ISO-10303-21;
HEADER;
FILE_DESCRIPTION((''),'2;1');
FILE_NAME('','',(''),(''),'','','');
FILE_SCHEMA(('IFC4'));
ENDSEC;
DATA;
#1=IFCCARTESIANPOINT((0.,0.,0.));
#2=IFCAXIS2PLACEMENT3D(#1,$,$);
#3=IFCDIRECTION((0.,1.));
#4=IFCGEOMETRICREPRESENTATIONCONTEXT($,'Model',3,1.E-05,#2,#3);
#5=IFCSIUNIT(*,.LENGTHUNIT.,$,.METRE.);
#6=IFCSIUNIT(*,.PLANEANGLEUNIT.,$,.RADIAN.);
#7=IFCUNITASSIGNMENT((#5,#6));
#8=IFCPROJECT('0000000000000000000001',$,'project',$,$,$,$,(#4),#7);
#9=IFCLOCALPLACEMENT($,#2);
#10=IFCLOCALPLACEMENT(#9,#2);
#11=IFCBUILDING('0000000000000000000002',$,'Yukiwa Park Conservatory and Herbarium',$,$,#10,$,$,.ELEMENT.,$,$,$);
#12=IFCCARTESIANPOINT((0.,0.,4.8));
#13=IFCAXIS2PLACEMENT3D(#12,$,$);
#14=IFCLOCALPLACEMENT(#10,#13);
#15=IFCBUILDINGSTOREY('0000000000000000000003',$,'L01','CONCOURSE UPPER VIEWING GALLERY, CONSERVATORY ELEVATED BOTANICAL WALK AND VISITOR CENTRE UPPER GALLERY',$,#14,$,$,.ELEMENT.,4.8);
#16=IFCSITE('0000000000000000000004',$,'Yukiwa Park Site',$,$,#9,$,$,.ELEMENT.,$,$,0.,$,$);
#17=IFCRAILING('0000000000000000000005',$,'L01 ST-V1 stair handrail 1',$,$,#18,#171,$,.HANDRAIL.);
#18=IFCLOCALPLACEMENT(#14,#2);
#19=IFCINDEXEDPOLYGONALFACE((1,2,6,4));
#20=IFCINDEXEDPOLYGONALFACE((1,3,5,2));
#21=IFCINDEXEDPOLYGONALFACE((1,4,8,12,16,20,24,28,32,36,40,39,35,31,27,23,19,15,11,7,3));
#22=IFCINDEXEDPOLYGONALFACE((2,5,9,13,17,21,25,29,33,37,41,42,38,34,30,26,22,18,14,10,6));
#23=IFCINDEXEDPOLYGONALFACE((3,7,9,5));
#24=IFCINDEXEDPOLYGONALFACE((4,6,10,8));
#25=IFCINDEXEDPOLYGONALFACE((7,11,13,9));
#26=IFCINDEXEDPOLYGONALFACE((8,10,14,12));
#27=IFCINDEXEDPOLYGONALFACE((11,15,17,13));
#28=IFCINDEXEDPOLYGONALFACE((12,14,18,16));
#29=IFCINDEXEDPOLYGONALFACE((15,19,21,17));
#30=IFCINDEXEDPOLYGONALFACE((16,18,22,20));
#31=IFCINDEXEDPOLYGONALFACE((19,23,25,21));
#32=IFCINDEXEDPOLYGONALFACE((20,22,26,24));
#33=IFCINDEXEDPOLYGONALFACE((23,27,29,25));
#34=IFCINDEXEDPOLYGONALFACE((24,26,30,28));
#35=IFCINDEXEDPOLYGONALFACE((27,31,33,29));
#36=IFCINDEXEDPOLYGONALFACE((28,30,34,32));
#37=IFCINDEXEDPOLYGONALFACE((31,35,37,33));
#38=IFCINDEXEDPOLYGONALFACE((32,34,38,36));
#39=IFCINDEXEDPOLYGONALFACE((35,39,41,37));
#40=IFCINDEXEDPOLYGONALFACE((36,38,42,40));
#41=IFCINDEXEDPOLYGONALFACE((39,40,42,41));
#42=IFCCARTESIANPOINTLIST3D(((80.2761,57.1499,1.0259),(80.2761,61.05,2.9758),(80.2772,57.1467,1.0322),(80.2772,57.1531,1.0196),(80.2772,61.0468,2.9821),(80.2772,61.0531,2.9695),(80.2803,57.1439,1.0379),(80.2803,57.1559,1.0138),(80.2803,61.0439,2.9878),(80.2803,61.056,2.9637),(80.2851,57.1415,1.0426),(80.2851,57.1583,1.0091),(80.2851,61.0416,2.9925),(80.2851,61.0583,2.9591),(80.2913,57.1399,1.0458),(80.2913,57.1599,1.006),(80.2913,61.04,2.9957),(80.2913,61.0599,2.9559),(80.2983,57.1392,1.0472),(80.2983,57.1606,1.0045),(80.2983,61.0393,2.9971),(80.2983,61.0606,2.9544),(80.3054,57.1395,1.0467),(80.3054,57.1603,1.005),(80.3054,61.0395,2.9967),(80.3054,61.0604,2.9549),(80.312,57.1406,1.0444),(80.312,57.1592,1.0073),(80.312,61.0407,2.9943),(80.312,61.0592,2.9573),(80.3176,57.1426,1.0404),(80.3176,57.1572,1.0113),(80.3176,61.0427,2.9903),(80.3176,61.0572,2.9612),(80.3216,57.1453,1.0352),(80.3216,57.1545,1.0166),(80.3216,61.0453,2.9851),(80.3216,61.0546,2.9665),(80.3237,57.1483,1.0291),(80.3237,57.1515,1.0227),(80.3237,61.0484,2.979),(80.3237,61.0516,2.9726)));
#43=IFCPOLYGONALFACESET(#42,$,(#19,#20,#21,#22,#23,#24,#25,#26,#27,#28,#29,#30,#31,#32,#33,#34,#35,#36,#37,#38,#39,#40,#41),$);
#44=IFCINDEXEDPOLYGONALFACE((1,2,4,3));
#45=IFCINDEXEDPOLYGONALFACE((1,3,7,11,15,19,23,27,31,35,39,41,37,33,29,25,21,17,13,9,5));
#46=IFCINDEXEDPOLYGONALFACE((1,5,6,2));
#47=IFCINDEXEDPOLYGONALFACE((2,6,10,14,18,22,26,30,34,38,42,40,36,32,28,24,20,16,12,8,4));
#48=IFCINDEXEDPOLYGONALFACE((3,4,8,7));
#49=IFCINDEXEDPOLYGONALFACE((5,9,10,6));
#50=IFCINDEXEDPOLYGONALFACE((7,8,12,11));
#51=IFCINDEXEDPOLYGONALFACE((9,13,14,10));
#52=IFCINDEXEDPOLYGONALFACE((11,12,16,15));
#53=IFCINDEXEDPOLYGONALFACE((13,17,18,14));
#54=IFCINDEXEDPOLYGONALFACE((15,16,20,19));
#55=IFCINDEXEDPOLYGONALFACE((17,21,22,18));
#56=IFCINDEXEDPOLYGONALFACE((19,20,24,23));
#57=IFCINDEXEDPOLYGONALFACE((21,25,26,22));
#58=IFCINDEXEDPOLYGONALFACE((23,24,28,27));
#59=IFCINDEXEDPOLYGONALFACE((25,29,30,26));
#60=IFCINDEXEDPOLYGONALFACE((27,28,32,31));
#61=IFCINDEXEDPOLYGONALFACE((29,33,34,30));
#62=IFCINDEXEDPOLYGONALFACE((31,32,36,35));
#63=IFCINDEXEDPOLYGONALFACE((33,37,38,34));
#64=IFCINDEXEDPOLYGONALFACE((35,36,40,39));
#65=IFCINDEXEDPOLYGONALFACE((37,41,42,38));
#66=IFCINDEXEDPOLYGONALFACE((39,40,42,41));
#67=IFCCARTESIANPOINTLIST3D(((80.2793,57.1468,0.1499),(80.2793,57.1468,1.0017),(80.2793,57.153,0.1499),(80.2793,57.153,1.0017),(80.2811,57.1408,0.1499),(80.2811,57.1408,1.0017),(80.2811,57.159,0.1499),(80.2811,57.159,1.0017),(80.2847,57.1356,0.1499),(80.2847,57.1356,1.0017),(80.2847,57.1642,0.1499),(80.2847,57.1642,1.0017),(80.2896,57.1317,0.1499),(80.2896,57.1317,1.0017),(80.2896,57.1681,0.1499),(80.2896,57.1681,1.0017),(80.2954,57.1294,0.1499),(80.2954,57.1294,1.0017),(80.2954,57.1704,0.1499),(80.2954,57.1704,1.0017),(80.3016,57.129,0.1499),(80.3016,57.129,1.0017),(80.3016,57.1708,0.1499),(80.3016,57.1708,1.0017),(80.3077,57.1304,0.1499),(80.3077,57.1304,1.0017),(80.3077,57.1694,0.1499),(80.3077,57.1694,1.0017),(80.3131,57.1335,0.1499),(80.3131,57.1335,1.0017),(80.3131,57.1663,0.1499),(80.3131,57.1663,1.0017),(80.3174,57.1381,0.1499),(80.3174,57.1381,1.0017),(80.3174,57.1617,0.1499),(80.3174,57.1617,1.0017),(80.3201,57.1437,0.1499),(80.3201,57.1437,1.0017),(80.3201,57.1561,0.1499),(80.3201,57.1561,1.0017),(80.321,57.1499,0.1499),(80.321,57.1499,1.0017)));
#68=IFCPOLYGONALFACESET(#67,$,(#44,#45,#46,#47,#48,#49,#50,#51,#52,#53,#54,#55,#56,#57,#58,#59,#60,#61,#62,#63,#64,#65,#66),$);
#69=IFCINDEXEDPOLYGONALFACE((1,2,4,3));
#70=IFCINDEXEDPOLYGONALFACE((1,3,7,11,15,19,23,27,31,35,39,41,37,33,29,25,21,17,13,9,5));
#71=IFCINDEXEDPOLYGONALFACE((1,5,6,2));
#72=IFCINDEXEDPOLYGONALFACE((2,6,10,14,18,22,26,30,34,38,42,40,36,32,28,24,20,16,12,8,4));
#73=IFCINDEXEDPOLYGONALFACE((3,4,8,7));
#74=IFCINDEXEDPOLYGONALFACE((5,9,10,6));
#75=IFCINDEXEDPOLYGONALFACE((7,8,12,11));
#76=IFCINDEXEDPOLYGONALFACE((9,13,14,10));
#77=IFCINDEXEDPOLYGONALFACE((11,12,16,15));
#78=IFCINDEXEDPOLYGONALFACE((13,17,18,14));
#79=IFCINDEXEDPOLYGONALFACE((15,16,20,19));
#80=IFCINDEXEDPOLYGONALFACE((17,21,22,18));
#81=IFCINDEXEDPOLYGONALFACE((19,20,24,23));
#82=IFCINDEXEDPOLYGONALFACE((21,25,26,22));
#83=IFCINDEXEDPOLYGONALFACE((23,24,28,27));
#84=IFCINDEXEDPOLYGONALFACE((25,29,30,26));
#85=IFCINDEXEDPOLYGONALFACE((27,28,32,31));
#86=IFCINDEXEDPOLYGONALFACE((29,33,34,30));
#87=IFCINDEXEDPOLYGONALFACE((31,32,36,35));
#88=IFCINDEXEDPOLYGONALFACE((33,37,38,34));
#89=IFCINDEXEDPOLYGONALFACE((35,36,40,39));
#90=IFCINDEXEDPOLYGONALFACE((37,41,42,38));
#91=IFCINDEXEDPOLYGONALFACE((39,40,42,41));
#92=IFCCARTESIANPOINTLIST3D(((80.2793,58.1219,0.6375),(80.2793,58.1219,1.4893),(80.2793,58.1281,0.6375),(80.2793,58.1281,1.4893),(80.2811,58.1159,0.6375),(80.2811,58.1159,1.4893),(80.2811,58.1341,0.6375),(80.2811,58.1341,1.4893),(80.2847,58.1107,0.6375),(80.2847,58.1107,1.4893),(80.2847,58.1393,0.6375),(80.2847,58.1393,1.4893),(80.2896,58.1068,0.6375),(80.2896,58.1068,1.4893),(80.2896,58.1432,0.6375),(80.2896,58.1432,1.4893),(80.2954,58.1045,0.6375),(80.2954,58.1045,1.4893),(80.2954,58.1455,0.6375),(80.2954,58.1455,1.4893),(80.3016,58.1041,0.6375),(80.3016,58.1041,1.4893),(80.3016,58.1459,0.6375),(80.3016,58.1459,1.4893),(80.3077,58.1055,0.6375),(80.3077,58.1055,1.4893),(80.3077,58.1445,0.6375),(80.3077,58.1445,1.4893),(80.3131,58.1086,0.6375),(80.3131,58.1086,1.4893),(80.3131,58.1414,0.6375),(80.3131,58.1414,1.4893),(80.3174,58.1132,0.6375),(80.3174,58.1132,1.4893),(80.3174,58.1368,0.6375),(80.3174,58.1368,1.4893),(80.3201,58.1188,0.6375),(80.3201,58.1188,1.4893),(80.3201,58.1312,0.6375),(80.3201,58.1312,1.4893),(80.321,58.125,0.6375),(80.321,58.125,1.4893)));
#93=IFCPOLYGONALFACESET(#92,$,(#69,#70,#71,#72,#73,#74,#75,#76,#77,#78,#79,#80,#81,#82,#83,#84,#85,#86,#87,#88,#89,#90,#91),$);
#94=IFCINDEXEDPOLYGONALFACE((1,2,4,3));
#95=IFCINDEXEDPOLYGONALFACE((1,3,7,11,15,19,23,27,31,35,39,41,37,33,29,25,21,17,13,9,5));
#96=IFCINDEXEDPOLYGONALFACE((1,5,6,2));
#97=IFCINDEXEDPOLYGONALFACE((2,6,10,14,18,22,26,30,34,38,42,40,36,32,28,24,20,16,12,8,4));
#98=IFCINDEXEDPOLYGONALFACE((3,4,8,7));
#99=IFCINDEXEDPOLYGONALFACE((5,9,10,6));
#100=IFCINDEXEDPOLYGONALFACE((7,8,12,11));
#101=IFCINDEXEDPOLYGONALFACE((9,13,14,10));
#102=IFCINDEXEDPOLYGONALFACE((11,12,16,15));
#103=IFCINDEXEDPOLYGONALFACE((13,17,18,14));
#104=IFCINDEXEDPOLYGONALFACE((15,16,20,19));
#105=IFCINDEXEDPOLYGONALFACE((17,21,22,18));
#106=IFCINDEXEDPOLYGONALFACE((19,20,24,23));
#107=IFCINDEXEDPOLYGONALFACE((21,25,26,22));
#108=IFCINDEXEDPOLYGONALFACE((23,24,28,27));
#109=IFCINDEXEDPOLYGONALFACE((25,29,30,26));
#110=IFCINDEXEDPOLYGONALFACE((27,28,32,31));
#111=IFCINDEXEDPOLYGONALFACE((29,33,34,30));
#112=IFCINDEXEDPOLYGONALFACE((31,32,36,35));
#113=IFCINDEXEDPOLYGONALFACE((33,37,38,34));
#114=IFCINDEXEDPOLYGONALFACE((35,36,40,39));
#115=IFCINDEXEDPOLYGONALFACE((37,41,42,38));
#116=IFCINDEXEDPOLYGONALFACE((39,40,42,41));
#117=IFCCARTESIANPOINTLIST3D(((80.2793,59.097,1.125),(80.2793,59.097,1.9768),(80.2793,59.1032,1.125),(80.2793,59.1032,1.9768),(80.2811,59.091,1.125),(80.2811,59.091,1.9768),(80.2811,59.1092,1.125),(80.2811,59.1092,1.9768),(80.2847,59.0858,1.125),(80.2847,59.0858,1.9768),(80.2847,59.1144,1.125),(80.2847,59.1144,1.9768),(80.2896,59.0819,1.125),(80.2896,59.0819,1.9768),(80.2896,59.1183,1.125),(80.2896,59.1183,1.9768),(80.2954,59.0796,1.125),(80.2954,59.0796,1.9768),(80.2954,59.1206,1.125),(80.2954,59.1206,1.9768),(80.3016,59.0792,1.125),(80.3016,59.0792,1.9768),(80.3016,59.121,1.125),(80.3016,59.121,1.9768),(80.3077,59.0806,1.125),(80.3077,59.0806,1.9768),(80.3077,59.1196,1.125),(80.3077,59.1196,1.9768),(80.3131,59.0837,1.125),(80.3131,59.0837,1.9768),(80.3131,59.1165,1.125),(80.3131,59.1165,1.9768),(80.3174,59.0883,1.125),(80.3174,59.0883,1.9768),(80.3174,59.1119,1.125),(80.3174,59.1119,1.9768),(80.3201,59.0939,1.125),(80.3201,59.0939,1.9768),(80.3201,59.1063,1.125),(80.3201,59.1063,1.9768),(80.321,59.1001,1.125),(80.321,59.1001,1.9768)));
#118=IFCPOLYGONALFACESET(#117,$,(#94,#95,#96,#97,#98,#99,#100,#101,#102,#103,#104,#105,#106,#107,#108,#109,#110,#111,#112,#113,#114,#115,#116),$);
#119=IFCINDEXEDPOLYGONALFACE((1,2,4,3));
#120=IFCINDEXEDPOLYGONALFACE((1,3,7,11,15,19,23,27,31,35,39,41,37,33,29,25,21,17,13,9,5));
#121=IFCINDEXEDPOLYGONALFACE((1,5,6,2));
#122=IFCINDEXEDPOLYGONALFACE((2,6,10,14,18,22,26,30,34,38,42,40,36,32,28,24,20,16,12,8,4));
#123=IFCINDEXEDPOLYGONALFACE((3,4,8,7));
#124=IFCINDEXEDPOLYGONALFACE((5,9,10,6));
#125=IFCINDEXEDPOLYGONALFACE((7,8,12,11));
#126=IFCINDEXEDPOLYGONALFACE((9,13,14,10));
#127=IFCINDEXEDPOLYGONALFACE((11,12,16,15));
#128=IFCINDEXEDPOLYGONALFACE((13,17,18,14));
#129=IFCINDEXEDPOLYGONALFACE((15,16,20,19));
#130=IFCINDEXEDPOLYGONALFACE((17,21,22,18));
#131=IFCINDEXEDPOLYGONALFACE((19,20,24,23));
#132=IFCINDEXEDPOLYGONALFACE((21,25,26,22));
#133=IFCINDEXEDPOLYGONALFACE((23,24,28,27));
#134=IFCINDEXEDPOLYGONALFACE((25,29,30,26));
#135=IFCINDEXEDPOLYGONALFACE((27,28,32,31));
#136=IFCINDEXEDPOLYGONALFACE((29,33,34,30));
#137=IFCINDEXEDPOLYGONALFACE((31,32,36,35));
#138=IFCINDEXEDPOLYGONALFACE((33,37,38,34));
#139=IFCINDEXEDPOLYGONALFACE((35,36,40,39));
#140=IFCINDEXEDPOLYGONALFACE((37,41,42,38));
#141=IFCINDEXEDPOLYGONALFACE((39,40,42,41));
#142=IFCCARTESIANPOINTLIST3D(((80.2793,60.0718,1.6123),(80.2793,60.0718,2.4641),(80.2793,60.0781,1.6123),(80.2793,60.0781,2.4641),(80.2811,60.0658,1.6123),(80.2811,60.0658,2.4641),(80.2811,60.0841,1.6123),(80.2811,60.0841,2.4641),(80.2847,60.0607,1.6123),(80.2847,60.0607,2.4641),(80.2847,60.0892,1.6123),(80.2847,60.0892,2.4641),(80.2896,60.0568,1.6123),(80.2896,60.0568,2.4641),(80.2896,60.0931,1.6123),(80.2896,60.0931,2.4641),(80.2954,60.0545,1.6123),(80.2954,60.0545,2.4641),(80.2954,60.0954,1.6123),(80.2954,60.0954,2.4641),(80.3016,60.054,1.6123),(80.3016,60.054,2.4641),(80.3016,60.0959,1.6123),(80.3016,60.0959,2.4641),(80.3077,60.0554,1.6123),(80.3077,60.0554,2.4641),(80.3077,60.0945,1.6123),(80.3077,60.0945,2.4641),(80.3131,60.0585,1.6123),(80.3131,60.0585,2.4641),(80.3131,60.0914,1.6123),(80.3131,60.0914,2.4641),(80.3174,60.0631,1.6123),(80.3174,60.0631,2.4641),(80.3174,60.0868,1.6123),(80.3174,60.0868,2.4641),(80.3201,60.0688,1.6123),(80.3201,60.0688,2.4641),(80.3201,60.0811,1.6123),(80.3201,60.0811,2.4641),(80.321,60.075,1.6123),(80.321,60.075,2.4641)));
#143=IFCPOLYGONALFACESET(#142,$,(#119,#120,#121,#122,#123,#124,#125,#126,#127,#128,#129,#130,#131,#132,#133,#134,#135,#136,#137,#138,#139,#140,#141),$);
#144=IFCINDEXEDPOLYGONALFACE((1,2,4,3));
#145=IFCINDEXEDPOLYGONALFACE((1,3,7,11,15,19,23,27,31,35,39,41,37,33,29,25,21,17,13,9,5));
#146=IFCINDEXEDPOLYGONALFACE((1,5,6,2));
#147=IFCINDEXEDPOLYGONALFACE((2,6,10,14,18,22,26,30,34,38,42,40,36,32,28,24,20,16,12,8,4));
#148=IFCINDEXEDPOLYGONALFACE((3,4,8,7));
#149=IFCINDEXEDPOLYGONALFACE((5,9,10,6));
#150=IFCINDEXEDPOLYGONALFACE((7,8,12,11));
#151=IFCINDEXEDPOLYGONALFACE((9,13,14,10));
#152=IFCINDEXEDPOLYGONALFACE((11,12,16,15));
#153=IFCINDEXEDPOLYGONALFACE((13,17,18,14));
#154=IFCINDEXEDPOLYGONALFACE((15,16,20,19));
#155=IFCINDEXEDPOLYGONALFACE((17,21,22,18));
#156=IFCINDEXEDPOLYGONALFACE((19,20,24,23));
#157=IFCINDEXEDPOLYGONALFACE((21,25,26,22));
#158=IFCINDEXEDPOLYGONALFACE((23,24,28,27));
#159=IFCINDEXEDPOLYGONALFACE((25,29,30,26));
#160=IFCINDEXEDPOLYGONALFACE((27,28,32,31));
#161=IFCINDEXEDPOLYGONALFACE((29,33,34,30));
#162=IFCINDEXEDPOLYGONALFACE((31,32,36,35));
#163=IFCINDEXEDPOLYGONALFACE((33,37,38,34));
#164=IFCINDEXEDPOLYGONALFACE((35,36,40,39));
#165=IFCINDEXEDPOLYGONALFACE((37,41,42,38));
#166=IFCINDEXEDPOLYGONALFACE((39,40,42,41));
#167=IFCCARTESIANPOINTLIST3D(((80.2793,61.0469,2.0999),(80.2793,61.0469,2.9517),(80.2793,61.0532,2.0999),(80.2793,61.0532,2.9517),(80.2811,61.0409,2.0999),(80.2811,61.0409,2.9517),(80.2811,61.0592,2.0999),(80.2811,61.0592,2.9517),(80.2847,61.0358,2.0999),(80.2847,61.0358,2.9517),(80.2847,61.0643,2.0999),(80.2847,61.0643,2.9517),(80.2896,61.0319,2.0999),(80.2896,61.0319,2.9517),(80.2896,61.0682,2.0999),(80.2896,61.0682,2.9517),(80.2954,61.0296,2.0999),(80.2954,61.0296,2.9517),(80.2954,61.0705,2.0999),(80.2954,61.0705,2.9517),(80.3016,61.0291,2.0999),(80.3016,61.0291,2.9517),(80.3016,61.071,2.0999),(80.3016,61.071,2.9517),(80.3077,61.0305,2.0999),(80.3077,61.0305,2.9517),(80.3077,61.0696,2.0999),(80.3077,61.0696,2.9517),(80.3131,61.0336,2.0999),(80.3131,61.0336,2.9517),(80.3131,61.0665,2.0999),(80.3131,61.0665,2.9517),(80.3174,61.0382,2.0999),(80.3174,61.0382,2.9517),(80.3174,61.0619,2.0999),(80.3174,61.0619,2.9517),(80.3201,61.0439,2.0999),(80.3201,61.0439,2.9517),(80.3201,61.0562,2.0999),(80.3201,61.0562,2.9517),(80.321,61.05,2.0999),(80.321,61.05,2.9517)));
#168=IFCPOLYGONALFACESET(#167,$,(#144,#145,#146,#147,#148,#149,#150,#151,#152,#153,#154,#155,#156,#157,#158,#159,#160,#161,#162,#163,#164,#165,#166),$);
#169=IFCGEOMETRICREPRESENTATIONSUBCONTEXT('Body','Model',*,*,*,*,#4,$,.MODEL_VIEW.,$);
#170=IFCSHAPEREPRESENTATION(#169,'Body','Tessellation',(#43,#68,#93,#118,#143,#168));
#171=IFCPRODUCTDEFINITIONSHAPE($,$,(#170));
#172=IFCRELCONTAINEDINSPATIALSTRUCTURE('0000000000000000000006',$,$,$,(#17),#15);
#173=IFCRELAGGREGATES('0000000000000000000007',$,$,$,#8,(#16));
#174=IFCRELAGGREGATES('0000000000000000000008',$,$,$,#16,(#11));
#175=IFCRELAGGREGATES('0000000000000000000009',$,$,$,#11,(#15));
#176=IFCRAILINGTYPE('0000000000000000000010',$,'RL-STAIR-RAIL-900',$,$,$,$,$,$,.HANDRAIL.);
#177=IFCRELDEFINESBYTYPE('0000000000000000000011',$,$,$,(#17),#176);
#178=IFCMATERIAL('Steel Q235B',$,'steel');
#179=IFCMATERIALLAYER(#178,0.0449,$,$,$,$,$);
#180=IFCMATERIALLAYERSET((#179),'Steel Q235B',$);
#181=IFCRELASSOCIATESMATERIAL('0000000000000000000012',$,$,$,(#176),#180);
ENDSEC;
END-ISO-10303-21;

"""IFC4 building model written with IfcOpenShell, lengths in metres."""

from ifc_helpers import new_model, si_unit, direction, frame, origin, origin_2d, place, context, subcontext, project, spatial, circle, extrude, material, layer, layer_set, type_object, element, save


model = new_model("IFC4")

# Units and contexts
model_context = context("Model", 3, precision=1e-05, world=origin(), true_north=direction((0.0, 1.0)))
body_context = subcontext(model_context, "Body", "Model", "MODEL_VIEW")
ifc_project = project(units=[si_unit("LENGTHUNIT", "METRE"), si_unit("PLANEANGLEUNIT", "RADIAN")], contexts=[model_context])

# Site, building, storey
site_placement = place(None, origin())
site = spatial("IfcSite", under=ifc_project, at=site_placement, Name="Yukiwa Park Site", CompositionType="ELEMENT", RefElevation=0.0)
building_placement = place(site_placement, origin())
building = spatial("IfcBuilding", under=site, at=building_placement, Name="Yukiwa Park Conservatory and Herbarium", CompositionType="ELEMENT")
storey_placement = place(building_placement, frame((0.0, 0.0, 4.8)))
storey = spatial("IfcBuildingStorey", under=building, at=storey_placement, Name="L01", Description="CONCOURSE UPPER VIEWING GALLERY, CONSERVATORY ELEVATED BOTANICAL WALK AND VISITOR CENTRE UPPER GALLERY", CompositionType="ELEMENT", Elevation=4.8)

# Railing
ifc_material_1 = material(Name="Steel Q235B", Category="steel")
ifc_layer_1 = layer(ifc_material_1, 0.0449)
ifc_layer_set_1 = layer_set([ifc_layer_1], Name="Steel Q235B")
railing_type_1 = type_object("IfcRailingType", Name="RL-STAIR-RAIL-900", PredefinedType="HANDRAIL", material=ifc_layer_set_1)
railing_1_placement = place(storey_placement, frame((80.3, 57.1499, 0.1499)))
element("IfcRailing", 1, at=railing_1_placement, inside=storey, type_object=railing_type_1, Name="L01 ST-V1 stair handrail 1", PredefinedType="HANDRAIL", context=body_context, shape_type="SweptSolid", body=[
    extrude(circle(Radius=0.0239, at=origin_2d()), frame((0.0, 0.0, 0.876), z_axis=(0.0, 0.894438, 0.447191), x_axis=(-1.0, 0.0, 0.0)), (0.0, 0.0, 1.0), 4.3604),
    extrude(circle(Radius=0.021, at=origin_2d()), origin(), (0.0, 0.0, 1.0), 0.8518),
    extrude(circle(Radius=0.021, at=origin_2d()), frame((0.0, 0.9751, 0.4875)), (0.0, 0.0, 1.0), 0.8518),
    extrude(circle(Radius=0.021, at=origin_2d()), frame((0.0, 1.9502, 0.9751)), (0.0, 0.0, 1.0), 0.8518),
    extrude(circle(Radius=0.021, at=origin_2d()), frame((0.0, 2.925, 1.4624)), (0.0, 0.0, 1.0), 0.8518),
    extrude(circle(Radius=0.021, at=origin_2d()), frame((0.0, 3.9001, 1.95)), (0.0, 0.0, 1.0), 0.8518),
])

save(model, "model.ifc")
